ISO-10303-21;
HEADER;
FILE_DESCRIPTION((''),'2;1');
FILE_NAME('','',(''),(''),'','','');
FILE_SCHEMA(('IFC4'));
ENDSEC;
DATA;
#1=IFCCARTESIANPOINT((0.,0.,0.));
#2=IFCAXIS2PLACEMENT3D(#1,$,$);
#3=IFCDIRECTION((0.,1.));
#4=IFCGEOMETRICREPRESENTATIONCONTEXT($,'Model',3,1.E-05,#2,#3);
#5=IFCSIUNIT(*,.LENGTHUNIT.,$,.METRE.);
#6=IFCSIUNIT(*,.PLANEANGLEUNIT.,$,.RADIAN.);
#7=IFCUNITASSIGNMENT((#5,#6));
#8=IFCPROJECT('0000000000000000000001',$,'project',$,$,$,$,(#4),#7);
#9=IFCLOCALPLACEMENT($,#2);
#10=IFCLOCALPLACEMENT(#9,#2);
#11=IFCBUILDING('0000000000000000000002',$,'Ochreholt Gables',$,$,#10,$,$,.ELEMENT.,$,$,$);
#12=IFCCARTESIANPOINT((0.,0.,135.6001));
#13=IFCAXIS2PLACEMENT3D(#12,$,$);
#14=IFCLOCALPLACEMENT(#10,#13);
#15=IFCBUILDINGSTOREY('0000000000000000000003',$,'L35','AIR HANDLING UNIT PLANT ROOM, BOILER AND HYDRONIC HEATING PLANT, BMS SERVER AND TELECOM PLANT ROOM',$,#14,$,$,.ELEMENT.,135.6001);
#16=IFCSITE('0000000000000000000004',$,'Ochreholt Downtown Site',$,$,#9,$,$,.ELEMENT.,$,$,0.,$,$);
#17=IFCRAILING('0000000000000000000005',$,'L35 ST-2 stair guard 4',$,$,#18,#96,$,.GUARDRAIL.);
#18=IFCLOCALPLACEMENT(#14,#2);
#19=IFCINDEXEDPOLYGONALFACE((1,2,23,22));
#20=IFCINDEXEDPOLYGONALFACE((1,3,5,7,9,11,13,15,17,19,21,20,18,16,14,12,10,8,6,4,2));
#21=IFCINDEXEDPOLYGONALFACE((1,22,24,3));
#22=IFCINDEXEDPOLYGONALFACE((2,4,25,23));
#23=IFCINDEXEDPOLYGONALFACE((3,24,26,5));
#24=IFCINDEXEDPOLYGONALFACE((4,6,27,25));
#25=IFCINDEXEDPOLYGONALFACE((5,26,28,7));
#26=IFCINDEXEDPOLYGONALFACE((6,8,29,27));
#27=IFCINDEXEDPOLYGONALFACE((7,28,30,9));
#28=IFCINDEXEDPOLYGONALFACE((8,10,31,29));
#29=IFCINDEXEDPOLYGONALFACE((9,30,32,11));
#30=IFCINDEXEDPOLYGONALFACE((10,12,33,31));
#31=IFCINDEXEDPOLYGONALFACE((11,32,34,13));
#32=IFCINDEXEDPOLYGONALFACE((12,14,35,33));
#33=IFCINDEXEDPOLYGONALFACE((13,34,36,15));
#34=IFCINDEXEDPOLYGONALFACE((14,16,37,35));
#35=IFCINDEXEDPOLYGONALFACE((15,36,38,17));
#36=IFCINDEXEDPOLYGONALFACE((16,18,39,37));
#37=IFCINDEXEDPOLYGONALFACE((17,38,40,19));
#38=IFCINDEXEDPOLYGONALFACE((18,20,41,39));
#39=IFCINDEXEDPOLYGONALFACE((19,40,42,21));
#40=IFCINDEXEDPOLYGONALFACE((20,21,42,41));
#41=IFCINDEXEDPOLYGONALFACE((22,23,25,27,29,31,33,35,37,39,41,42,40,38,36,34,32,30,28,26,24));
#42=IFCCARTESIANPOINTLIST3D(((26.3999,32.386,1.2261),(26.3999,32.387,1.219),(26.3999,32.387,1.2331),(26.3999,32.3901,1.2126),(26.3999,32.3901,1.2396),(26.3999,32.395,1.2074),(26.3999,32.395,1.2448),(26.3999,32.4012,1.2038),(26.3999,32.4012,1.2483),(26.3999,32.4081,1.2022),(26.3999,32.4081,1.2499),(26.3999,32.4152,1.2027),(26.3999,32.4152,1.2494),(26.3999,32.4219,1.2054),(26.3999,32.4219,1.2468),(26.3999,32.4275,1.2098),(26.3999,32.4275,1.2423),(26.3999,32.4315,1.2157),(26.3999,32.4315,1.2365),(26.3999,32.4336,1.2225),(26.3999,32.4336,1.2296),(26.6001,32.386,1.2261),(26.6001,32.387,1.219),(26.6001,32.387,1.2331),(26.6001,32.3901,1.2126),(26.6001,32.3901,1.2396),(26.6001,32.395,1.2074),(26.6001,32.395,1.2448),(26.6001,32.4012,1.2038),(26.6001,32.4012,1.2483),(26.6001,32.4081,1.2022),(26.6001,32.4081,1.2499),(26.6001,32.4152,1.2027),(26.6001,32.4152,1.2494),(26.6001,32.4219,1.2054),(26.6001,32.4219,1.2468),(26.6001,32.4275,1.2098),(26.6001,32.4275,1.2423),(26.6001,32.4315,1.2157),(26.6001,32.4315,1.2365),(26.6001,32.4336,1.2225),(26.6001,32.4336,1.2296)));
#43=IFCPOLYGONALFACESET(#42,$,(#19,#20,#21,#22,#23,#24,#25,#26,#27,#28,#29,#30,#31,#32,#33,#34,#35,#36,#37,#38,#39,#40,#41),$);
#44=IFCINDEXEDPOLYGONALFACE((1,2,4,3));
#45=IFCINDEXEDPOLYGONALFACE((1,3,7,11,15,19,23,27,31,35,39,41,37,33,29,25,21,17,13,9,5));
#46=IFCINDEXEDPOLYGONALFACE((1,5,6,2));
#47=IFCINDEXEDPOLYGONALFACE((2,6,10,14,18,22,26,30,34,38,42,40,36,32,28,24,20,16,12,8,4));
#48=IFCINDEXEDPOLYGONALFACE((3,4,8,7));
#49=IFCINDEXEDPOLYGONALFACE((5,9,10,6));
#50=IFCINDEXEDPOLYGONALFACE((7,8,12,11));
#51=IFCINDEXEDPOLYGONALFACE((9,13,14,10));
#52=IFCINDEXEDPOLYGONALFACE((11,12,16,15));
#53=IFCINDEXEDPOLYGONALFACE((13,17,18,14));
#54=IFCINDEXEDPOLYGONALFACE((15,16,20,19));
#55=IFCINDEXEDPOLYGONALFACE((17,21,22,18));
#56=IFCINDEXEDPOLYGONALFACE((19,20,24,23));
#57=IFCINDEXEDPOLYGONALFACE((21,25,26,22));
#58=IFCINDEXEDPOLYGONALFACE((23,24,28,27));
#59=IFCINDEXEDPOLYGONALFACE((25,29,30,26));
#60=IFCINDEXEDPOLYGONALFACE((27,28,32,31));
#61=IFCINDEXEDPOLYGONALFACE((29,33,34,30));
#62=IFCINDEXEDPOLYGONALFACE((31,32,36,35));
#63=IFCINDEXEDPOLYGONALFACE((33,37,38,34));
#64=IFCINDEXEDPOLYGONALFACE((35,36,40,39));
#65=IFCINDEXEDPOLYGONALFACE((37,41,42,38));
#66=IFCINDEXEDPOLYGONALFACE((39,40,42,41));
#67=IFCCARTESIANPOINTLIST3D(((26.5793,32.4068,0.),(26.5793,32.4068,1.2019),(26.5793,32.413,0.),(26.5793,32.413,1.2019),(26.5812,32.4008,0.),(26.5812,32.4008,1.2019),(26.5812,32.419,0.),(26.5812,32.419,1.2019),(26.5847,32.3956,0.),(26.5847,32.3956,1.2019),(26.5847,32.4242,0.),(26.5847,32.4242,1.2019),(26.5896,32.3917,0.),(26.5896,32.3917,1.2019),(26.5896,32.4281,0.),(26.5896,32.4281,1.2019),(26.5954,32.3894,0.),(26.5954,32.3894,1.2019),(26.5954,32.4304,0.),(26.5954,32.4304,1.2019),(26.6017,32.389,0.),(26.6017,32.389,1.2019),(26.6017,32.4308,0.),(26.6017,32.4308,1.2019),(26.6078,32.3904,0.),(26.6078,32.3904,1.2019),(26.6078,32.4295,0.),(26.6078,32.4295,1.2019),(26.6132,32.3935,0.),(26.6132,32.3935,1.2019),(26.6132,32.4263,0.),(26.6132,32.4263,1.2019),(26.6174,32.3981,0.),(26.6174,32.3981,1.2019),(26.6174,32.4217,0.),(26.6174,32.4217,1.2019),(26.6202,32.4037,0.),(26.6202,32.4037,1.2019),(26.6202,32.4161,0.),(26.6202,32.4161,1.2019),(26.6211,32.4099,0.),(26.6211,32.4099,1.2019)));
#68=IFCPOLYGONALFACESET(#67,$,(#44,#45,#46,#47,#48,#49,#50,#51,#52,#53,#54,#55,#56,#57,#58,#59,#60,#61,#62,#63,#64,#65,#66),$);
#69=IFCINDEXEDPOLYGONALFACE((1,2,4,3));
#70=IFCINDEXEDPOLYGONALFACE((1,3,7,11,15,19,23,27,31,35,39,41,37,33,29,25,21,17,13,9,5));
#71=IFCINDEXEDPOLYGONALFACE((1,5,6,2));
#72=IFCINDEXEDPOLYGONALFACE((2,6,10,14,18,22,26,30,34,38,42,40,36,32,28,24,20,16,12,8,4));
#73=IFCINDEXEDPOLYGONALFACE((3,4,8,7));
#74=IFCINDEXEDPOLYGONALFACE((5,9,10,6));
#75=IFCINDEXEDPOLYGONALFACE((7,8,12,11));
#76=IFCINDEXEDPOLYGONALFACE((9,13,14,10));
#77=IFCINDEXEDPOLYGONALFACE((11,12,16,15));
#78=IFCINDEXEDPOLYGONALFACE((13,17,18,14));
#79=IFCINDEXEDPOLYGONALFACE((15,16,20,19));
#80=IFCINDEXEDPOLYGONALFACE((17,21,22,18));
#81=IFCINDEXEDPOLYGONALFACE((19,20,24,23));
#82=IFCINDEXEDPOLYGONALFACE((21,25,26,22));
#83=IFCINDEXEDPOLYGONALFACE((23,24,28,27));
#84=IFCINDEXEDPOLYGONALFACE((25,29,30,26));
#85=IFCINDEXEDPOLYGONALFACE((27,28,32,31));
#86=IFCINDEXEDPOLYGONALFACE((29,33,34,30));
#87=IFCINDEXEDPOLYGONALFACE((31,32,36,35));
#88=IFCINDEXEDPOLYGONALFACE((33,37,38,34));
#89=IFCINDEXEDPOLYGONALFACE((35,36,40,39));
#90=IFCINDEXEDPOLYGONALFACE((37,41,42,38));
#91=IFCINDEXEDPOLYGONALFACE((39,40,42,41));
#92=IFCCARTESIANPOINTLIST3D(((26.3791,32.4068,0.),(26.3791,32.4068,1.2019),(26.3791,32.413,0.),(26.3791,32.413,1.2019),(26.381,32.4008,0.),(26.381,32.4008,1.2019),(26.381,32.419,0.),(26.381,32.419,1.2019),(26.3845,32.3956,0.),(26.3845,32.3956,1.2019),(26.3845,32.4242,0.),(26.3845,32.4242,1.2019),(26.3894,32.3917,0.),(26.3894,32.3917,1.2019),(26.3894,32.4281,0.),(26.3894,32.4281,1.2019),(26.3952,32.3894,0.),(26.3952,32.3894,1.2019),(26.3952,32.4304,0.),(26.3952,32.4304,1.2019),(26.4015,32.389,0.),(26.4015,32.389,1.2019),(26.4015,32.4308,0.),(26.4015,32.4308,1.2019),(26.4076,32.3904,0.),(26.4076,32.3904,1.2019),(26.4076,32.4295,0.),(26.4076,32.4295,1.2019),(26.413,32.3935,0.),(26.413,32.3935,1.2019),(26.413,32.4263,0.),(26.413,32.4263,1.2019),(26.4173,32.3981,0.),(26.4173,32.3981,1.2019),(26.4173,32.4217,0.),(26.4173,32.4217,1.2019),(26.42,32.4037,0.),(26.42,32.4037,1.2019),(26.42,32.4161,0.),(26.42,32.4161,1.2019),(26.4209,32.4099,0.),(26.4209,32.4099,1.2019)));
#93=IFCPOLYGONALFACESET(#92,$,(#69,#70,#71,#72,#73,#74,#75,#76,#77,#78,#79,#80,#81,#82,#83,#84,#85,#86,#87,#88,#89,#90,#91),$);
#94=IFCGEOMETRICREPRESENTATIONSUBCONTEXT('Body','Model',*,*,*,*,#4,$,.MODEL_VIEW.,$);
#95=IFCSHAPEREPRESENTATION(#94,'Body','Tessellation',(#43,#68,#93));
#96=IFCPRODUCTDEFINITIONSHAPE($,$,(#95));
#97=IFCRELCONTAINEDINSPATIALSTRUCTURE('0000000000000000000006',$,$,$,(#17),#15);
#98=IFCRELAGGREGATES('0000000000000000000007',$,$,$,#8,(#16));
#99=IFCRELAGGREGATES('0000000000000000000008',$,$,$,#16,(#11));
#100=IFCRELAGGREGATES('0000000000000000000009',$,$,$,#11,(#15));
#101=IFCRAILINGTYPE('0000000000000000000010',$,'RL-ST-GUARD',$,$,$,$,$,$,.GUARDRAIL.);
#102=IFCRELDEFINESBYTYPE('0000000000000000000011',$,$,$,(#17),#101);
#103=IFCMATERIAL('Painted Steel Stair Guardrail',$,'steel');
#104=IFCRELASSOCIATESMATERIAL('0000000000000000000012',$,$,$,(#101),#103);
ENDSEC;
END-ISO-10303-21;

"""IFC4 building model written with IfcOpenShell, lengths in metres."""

from ifc_helpers import new_model, si_unit, direction, frame, origin, origin_2d, place, context, subcontext, project, spatial, circle, extrude, material, type_object, element, save


model = new_model("IFC4")

# Units and contexts
model_context = context("Model", 3, precision=1e-05, world=origin(), true_north=direction((0.0, 1.0)))
body_context = subcontext(model_context, "Body", "Model", "MODEL_VIEW")
ifc_project = project(units=[si_unit("LENGTHUNIT", "METRE"), si_unit("PLANEANGLEUNIT", "RADIAN")], contexts=[model_context])

# Site, building, storey
site_placement = place(None, origin())
site = spatial("IfcSite", under=ifc_project, at=site_placement, Name="Ochreholt Downtown Site", CompositionType="ELEMENT", RefElevation=0.0)
building_placement = place(site_placement, origin())
building = spatial("IfcBuilding", under=site, at=building_placement, Name="Ochreholt Gables", CompositionType="ELEMENT")
storey_placement = place(building_placement, frame((0.0, 0.0, 135.6001)))
storey = spatial("IfcBuildingStorey", under=building, at=storey_placement, Name="L35", Description="AIR HANDLING UNIT PLANT ROOM, BOILER AND HYDRONIC HEATING PLANT, BMS SERVER AND TELECOM PLANT ROOM", CompositionType="ELEMENT", Elevation=135.6001)

# Railing
ifc_material_1 = material(Name="Painted Steel Stair Guardrail", Category="steel")
railing_type_1 = type_object("IfcRailingType", Name="RL-ST-GUARD", PredefinedType="GUARDRAIL", material=ifc_material_1)
railing_1_placement = place(storey_placement, frame((26.6001, 32.4099, 0.0)))
element("IfcRailing", 1, at=railing_1_placement, inside=storey, type_object=railing_type_1, Name="L35 ST-2 stair guard 4", PredefinedType="GUARDRAIL", context=body_context, shape_type="SweptSolid", body=[
    extrude(circle(Radius=0.0239, at=origin_2d()), frame((0.0, 0.0, 1.2261), z_axis=(-1.0, 0.0, 0.0), x_axis=(0.0, -1.0, 0.0)), (0.0, 0.0, 1.0), 0.2002),
    extrude(circle(Radius=0.021, at=origin_2d()), origin(), (0.0, 0.0, 1.0), 1.2019),
    extrude(circle(Radius=0.021, at=origin_2d()), frame((-0.2002, 0.0, 0.0)), (0.0, 0.0, 1.0), 1.2019),
])

save(model, "model.ifc")
